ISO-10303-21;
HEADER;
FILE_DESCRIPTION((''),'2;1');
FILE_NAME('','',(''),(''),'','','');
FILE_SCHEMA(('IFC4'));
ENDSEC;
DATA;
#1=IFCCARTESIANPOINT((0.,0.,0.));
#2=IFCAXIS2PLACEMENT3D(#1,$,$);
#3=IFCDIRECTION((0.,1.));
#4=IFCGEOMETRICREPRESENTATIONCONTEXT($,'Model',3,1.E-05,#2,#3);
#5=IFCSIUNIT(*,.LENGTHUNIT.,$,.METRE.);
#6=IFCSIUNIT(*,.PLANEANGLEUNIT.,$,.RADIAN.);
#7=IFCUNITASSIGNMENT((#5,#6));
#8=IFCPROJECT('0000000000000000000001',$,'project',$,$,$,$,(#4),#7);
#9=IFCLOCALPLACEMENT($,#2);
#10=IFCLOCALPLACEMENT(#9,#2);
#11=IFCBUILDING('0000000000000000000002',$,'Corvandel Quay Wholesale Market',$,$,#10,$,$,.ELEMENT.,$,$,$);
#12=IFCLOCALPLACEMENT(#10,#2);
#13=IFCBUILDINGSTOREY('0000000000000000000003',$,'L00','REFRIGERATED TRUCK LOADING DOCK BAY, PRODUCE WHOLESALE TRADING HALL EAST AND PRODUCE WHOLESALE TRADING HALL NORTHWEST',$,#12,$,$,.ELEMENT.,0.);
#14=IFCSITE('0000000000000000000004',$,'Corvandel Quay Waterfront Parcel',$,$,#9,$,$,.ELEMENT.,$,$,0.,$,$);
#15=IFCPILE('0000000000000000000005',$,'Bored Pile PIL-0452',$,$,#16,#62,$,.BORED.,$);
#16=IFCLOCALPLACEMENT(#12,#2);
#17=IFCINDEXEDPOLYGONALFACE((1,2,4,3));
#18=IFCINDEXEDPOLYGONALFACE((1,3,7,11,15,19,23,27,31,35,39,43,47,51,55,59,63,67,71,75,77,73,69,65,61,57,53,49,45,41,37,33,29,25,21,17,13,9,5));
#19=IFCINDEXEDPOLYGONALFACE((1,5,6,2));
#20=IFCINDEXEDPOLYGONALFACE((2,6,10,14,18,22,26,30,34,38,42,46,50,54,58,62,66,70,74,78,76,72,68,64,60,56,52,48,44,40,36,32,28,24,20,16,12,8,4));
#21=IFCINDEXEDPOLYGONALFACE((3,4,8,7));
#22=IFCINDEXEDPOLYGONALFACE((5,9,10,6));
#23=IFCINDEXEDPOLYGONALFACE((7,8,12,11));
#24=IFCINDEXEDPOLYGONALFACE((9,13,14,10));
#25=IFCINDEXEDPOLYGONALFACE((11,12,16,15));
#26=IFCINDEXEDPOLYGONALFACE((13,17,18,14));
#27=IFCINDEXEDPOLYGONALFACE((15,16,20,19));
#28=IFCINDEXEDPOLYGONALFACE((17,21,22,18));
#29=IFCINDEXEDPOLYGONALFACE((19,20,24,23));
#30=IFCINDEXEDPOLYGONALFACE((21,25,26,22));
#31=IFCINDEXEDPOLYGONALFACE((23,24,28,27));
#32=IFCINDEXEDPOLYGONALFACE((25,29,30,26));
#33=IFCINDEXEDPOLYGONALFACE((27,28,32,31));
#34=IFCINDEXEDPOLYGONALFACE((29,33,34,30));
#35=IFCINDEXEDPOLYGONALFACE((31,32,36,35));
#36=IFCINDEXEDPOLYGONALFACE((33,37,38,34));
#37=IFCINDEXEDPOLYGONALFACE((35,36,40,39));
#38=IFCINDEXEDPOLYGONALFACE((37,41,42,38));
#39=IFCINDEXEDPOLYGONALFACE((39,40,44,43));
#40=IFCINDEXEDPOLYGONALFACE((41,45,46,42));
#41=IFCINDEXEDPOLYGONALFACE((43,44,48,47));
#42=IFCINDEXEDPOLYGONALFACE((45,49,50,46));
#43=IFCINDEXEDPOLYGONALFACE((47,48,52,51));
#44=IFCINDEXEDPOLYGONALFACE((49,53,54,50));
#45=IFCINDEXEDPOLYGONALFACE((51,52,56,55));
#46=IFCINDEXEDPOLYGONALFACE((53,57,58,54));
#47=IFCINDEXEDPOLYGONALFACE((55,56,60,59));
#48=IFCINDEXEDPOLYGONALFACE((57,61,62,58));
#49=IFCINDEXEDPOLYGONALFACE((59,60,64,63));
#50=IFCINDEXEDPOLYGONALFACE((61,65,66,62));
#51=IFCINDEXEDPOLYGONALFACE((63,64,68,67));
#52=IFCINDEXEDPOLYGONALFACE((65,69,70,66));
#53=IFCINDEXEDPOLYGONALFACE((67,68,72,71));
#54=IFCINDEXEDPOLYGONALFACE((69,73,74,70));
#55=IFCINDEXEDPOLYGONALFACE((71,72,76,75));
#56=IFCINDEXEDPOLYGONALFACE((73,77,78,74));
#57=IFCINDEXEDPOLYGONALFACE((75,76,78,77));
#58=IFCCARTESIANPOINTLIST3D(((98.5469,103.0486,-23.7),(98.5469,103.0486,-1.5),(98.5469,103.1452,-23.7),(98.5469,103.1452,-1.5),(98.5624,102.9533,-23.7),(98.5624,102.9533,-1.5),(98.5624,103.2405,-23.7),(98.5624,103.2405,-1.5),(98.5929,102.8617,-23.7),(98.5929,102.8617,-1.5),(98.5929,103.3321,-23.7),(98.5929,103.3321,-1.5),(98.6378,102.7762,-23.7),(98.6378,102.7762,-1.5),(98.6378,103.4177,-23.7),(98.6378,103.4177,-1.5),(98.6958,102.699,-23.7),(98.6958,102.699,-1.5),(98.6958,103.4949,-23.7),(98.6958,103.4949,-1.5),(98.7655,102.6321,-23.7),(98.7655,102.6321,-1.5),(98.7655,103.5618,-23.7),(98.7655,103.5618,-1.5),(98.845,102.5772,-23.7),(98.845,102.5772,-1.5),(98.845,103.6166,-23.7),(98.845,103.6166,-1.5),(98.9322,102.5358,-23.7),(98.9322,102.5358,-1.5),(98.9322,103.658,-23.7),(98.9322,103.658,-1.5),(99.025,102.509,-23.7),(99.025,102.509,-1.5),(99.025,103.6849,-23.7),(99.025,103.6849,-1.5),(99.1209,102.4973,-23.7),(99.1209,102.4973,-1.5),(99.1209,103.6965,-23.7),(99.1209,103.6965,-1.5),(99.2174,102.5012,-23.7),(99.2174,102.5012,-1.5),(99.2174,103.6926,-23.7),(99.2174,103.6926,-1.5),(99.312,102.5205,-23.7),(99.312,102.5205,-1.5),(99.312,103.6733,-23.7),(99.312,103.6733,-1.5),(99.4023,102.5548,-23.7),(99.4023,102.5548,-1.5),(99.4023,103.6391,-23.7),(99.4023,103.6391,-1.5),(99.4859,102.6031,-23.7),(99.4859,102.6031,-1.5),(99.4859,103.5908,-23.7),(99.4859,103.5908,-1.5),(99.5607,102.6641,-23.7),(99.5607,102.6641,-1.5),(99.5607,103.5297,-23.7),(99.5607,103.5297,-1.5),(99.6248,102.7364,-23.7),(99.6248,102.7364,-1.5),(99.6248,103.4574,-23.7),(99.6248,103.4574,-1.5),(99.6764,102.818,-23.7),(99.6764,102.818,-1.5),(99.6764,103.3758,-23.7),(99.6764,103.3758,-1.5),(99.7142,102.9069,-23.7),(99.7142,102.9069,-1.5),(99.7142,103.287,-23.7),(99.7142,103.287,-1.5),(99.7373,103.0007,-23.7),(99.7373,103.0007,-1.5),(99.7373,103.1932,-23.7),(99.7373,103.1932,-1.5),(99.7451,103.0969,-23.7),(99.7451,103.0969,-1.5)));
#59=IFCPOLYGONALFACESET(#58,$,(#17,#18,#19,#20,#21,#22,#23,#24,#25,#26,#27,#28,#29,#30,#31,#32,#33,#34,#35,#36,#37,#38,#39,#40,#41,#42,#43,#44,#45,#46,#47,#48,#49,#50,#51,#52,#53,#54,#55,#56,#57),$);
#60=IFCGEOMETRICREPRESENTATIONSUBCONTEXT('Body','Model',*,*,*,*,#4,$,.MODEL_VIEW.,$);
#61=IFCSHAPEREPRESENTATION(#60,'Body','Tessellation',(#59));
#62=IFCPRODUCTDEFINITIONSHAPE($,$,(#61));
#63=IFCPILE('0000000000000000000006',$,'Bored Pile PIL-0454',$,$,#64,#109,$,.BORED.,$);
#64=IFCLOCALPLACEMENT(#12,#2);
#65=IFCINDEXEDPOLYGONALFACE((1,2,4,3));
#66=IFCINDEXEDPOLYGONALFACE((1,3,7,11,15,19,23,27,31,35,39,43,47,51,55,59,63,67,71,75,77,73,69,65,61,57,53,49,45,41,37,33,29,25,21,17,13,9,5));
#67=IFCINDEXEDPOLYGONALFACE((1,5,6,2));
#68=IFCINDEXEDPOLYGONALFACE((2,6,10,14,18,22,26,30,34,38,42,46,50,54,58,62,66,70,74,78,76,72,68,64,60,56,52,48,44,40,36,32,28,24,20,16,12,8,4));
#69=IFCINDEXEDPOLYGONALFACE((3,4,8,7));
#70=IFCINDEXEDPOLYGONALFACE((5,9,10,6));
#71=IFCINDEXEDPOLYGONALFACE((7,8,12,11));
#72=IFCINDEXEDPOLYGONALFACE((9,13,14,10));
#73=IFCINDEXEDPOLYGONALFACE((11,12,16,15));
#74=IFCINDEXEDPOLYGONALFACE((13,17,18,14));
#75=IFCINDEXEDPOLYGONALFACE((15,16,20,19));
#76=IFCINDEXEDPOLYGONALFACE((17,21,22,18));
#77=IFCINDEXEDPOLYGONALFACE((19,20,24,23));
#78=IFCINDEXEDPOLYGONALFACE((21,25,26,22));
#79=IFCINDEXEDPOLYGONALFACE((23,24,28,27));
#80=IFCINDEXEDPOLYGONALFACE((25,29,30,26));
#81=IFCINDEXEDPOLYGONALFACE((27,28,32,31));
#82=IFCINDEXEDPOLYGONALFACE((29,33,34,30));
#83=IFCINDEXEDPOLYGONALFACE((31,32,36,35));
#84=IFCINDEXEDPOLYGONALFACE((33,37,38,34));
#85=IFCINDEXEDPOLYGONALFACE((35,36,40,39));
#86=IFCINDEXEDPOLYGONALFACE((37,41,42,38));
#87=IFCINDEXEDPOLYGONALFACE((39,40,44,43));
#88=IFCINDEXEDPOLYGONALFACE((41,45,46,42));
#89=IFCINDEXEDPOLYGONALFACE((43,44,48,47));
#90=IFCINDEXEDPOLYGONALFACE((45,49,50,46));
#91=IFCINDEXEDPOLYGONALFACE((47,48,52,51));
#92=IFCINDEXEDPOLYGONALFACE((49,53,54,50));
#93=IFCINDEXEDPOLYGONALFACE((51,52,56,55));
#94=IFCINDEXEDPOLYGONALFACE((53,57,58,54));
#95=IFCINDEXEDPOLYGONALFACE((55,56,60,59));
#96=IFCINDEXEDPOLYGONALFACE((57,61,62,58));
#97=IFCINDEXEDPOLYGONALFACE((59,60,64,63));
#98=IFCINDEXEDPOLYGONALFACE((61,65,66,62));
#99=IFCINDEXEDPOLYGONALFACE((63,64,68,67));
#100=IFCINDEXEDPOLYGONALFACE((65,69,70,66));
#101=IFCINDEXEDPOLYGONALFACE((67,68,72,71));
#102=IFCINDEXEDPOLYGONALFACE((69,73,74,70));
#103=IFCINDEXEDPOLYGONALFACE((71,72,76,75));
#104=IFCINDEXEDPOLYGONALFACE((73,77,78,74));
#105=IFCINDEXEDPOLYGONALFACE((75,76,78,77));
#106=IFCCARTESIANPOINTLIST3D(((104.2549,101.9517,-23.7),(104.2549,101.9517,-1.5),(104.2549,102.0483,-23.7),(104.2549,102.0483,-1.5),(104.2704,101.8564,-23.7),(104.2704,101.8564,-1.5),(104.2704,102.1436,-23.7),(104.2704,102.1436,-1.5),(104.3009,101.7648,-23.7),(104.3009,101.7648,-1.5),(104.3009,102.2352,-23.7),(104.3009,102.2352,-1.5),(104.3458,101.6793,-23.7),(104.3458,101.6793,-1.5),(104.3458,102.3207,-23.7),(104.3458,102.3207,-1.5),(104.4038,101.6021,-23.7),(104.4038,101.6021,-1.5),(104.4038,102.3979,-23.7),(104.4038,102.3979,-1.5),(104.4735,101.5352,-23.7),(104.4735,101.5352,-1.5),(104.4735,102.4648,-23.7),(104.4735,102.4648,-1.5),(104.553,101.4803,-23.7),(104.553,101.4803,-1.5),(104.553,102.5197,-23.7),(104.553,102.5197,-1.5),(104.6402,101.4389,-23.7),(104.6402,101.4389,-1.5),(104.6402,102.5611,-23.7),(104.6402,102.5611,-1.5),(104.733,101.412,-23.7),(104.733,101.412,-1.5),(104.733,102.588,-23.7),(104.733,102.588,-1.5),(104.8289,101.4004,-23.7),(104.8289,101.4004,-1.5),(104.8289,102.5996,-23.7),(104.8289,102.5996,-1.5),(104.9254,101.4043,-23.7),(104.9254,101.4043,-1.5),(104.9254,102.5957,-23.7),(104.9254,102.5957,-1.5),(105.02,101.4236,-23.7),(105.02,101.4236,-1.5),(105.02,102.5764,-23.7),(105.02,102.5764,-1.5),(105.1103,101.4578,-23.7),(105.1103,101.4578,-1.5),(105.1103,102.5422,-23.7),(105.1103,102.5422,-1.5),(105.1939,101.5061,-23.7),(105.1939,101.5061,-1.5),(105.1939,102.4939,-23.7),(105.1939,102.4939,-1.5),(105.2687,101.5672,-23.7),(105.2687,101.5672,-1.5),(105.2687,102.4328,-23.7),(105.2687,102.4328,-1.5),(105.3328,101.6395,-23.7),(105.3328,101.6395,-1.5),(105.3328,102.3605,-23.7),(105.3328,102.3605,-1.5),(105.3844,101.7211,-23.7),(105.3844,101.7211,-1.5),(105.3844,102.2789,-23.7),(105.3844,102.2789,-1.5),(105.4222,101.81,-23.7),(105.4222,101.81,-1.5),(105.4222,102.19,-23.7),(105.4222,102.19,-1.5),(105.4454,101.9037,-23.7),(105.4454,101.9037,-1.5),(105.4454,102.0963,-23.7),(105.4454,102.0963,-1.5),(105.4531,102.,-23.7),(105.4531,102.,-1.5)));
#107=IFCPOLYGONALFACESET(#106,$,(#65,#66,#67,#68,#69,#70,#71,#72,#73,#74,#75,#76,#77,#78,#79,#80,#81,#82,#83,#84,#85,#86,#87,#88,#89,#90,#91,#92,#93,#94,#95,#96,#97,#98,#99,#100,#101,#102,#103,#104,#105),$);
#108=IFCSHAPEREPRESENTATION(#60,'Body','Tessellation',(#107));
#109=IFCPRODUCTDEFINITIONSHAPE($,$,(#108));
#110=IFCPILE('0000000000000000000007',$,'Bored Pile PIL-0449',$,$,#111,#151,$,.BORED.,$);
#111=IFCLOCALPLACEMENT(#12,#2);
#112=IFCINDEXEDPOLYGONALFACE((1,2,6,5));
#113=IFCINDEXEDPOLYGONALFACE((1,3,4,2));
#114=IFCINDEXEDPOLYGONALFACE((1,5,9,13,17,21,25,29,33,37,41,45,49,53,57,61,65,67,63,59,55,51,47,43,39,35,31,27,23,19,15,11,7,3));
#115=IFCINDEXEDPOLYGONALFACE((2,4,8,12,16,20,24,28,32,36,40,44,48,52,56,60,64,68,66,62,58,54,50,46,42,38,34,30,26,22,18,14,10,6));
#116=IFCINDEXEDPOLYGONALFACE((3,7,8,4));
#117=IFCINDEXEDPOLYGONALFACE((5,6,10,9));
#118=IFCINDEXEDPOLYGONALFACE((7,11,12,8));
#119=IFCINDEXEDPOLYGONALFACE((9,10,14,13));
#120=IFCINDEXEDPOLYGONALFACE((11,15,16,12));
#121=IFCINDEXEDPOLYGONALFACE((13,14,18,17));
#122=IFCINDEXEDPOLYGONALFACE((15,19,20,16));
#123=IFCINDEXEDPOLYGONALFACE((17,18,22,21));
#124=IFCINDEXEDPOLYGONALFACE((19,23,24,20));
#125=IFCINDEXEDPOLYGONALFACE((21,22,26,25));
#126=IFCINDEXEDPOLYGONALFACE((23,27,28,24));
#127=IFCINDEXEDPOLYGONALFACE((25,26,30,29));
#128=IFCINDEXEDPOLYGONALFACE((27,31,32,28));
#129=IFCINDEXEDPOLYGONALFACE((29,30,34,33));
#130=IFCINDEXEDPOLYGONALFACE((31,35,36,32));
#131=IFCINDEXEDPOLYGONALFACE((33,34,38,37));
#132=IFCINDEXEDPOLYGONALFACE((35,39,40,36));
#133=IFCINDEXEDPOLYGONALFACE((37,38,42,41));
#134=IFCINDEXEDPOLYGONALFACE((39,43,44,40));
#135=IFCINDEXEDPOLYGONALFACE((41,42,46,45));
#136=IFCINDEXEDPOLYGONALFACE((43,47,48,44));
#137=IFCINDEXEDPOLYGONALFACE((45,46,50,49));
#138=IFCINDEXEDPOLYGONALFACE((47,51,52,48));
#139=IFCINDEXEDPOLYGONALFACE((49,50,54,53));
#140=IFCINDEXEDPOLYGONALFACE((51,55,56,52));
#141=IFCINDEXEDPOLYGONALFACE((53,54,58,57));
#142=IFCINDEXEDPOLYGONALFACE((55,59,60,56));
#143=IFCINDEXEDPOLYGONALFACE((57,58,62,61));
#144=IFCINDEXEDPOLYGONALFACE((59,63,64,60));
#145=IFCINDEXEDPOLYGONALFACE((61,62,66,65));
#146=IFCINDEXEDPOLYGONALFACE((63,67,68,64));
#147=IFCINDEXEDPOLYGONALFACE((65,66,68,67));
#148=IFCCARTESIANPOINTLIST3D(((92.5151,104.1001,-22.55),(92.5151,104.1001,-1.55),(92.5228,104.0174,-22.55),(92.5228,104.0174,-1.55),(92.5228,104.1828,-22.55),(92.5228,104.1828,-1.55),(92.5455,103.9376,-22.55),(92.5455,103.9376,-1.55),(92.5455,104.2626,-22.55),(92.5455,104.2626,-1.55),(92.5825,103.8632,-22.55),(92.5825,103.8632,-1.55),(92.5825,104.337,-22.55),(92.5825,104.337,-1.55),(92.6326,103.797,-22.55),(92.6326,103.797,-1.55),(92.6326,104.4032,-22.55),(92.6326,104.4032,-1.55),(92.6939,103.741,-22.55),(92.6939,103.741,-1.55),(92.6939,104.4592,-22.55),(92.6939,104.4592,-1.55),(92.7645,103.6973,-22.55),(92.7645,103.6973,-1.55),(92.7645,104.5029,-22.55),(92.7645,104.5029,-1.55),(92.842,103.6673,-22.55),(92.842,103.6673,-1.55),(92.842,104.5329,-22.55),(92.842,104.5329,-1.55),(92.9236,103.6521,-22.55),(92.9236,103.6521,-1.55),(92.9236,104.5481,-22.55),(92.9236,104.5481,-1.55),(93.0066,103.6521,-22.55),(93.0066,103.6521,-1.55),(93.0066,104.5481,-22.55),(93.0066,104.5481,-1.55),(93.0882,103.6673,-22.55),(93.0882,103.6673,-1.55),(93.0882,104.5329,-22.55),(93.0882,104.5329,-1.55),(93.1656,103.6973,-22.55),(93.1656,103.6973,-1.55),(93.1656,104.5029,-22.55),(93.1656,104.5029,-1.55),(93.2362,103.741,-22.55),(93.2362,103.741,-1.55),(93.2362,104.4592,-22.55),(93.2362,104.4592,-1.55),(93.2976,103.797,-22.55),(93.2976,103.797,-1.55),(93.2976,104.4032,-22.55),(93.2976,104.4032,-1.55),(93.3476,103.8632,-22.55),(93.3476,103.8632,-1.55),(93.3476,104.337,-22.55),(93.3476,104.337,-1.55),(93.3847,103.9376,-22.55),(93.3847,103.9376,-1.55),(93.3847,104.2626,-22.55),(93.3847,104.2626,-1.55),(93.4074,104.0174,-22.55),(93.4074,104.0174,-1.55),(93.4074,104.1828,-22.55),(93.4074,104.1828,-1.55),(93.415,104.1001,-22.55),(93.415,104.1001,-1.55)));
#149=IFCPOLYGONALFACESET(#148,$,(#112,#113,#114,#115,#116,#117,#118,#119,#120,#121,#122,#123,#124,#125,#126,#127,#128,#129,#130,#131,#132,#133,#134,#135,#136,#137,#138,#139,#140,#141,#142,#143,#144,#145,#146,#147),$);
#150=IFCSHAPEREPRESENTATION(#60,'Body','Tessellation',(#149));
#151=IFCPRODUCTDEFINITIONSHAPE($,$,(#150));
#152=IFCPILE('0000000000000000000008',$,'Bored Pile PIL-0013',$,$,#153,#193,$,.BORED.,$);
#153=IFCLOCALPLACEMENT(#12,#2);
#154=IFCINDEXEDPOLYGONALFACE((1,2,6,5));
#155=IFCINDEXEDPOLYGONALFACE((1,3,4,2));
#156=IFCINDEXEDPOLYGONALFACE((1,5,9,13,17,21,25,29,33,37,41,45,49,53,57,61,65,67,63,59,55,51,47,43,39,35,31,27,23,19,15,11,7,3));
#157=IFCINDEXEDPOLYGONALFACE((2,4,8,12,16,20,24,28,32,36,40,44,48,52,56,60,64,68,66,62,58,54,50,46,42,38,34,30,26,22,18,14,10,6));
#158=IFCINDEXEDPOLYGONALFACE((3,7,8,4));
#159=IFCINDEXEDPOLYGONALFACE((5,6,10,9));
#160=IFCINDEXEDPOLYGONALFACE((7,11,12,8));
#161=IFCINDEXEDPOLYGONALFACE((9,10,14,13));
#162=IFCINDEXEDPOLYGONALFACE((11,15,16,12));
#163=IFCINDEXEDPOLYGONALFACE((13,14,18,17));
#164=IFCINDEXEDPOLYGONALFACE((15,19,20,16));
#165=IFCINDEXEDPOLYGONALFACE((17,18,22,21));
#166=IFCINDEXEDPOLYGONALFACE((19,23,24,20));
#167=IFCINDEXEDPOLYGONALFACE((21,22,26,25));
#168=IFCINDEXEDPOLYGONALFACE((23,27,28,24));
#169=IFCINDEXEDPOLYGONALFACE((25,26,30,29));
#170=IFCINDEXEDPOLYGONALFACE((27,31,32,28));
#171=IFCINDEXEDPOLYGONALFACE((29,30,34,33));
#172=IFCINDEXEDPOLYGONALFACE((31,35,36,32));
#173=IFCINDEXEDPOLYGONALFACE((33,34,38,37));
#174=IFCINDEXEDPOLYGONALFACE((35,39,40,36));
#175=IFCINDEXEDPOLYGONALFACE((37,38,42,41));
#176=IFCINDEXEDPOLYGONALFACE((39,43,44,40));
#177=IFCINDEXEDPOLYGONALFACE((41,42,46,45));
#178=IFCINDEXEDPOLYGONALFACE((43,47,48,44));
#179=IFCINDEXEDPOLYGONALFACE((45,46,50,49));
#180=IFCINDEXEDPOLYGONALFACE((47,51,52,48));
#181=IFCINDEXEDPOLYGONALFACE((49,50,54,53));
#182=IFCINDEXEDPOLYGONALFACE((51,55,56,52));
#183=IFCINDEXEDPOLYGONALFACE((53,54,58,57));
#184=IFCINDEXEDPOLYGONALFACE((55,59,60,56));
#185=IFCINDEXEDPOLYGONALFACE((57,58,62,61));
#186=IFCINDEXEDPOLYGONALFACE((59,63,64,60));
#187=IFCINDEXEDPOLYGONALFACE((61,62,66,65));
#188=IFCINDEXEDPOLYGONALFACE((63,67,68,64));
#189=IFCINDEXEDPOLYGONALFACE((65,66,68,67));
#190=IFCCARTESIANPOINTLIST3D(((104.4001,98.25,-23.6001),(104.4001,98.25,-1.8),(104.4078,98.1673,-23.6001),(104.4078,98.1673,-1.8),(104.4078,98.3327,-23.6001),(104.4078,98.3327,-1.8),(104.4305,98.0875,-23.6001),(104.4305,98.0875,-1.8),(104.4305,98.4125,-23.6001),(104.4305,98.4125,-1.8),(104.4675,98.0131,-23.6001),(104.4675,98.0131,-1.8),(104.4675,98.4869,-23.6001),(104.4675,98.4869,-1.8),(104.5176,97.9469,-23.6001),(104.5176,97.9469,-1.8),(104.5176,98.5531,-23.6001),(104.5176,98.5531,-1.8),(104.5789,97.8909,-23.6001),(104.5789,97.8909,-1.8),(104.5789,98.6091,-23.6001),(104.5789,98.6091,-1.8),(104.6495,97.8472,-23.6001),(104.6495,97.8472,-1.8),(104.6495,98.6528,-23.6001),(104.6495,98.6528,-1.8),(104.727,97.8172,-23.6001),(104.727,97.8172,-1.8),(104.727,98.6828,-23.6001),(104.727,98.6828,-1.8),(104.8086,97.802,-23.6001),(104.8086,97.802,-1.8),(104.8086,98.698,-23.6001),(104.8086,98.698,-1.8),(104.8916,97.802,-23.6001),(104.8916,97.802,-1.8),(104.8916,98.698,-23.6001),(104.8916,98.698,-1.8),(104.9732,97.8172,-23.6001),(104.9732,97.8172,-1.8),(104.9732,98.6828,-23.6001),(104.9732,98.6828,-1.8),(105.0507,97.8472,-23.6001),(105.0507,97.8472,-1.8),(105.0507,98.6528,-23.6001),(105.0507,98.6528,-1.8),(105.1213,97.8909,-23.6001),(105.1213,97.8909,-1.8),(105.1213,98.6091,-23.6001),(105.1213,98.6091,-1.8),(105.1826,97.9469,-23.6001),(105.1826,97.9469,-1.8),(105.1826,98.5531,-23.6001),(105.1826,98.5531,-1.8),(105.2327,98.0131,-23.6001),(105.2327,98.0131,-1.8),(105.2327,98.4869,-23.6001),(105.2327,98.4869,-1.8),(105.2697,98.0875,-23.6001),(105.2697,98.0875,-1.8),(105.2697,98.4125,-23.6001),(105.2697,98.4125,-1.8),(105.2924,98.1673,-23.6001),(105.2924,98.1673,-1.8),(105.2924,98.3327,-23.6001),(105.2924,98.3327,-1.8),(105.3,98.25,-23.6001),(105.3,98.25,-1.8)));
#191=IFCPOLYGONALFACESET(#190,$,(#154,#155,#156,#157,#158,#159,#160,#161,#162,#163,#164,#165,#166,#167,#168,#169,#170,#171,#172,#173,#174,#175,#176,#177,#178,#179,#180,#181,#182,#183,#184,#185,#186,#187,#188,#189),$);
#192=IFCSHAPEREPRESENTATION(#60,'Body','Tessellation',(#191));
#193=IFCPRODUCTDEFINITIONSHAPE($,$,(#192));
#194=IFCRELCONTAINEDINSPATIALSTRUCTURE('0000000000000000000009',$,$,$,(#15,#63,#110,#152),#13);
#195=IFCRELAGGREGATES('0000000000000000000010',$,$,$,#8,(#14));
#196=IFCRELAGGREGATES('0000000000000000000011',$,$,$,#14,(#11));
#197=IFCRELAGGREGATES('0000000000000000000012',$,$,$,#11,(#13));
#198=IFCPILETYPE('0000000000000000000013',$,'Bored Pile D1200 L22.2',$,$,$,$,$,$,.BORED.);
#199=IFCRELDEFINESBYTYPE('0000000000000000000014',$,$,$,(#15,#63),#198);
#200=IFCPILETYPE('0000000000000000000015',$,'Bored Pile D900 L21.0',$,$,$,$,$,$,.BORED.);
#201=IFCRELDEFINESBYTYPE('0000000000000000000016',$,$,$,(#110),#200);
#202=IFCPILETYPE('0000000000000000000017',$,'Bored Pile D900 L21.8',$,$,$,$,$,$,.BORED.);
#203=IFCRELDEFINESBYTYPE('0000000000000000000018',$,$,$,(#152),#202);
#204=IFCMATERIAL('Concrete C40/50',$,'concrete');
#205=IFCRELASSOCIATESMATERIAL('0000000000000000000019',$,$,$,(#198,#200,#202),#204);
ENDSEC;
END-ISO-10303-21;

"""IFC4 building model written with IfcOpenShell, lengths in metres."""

from ifc_helpers import new_model, si_unit, direction, frame, origin, origin_2d, place, context, subcontext, project, spatial, circle, extrude, material, material_profile, profile_set, type_object, element, save


model = new_model("IFC4")

# Units and contexts
model_context = context("Model", 3, precision=1e-05, world=origin(), true_north=direction((0.0, 1.0)))
body_context = subcontext(model_context, "Body", "Model", "MODEL_VIEW")
ifc_project = project(units=[si_unit("LENGTHUNIT", "METRE"), si_unit("PLANEANGLEUNIT", "RADIAN")], contexts=[model_context])

# Site, building, storey
site_placement = place(None, origin())
site = spatial("IfcSite", under=ifc_project, at=site_placement, Name="Corvandel Quay Waterfront Parcel", CompositionType="ELEMENT", RefElevation=0.0)
building_placement = place(site_placement, origin())
building = spatial("IfcBuilding", under=site, at=building_placement, Name="Corvandel Quay Wholesale Market", CompositionType="ELEMENT")
storey_placement = place(building_placement, origin())
storey = spatial("IfcBuildingStorey", under=building, at=storey_placement, Name="L00", Description="REFRIGERATED TRUCK LOADING DOCK BAY, PRODUCE WHOLESALE TRADING HALL EAST AND PRODUCE WHOLESALE TRADING HALL NORTHWEST", CompositionType="ELEMENT", Elevation=0.0)

# Piles
ifc_material_1 = material(Name="Concrete C40/50", Category="concrete")
ifc_material_profile_1 = material_profile(ifc_material_1, circle(Radius=0.6001, at=origin_2d()), Name="RC-PILE-D1200")
ifc_profile_set_1 = profile_set([ifc_material_profile_1], Name="Concrete C40/50")
pile_type_1 = type_object("IfcPileType", Name="Bored Pile D1200 L22.2", PredefinedType="BORED", material=ifc_profile_set_1)
for number, where, z_axis, x_axis, name in (
    (1, (99.145, 103.0969, -1.5), (0.0, 0.0, -1.0), (1.0, 0.0, 0.0), "Bored Pile PIL-0452"),
    (2, (104.853, 102.0, -1.5), (0.0, 0.0, -1.0), (1.0, 0.0, 0.0), "Bored Pile PIL-0454"),
):
    element("IfcPile", number, at=place(storey_placement, frame(where, z_axis=z_axis, x_axis=x_axis)), inside=storey, type_object=pile_type_1, Name=name, PredefinedType="BORED", context=body_context, shape_type="SweptSolid", body=[
        extrude(circle(Radius=0.6001, at=origin_2d()), origin(), (0.0, 0.0, 1.0), 22.2),
    ])
ifc_material_profile_2 = material_profile(ifc_material_1, circle(Radius=0.45, at=origin_2d()), Name="RC-PILE-D900")
ifc_profile_set_2 = profile_set([ifc_material_profile_2], Name="Concrete C40/50")
pile_type_2 = type_object("IfcPileType", Name="Bored Pile D900 L21.0", PredefinedType="BORED", material=ifc_profile_set_2)
pile_placement = place(storey_placement, frame((92.9651, 104.1001, -1.55), z_axis=(0.0, 0.0, -1.0), x_axis=(1.0, 0.0, 0.0)))
element("IfcPile", 3, at=pile_placement, inside=storey, type_object=pile_type_2, Name="Bored Pile PIL-0449", PredefinedType="BORED", context=body_context, shape_type="SweptSolid", body=[
    extrude(circle(Radius=0.45, at=origin_2d()), origin(), (0.0, 0.0, 1.0), 21.0),
])
ifc_material_profile_3 = material_profile(ifc_material_1, circle(Radius=0.45, at=origin_2d()), Name="RC-PILE-D900")
ifc_profile_set_3 = profile_set([ifc_material_profile_3], Name="Concrete C40/50")
pile_type_3 = type_object("IfcPileType", Name="Bored Pile D900 L21.8", PredefinedType="BORED", material=ifc_profile_set_3)
for number, where, z_axis, x_axis, name in (
    (4, (104.8501, 98.25, -1.8), (0.0, 0.0, -1.0), (1.0, 0.0, 0.0), "Bored Pile PIL-0013"),
):
    element("IfcPile", number, at=place(storey_placement, frame(where, z_axis=z_axis, x_axis=x_axis)), inside=storey, type_object=pile_type_3, Name=name, PredefinedType="BORED", context=body_context, shape_type="SweptSolid", body=[
        extrude(circle(Radius=0.45, at=origin_2d()), origin(), (0.0, 0.0, 1.0), 21.8),
    ])

save(model, "model.ifc")
